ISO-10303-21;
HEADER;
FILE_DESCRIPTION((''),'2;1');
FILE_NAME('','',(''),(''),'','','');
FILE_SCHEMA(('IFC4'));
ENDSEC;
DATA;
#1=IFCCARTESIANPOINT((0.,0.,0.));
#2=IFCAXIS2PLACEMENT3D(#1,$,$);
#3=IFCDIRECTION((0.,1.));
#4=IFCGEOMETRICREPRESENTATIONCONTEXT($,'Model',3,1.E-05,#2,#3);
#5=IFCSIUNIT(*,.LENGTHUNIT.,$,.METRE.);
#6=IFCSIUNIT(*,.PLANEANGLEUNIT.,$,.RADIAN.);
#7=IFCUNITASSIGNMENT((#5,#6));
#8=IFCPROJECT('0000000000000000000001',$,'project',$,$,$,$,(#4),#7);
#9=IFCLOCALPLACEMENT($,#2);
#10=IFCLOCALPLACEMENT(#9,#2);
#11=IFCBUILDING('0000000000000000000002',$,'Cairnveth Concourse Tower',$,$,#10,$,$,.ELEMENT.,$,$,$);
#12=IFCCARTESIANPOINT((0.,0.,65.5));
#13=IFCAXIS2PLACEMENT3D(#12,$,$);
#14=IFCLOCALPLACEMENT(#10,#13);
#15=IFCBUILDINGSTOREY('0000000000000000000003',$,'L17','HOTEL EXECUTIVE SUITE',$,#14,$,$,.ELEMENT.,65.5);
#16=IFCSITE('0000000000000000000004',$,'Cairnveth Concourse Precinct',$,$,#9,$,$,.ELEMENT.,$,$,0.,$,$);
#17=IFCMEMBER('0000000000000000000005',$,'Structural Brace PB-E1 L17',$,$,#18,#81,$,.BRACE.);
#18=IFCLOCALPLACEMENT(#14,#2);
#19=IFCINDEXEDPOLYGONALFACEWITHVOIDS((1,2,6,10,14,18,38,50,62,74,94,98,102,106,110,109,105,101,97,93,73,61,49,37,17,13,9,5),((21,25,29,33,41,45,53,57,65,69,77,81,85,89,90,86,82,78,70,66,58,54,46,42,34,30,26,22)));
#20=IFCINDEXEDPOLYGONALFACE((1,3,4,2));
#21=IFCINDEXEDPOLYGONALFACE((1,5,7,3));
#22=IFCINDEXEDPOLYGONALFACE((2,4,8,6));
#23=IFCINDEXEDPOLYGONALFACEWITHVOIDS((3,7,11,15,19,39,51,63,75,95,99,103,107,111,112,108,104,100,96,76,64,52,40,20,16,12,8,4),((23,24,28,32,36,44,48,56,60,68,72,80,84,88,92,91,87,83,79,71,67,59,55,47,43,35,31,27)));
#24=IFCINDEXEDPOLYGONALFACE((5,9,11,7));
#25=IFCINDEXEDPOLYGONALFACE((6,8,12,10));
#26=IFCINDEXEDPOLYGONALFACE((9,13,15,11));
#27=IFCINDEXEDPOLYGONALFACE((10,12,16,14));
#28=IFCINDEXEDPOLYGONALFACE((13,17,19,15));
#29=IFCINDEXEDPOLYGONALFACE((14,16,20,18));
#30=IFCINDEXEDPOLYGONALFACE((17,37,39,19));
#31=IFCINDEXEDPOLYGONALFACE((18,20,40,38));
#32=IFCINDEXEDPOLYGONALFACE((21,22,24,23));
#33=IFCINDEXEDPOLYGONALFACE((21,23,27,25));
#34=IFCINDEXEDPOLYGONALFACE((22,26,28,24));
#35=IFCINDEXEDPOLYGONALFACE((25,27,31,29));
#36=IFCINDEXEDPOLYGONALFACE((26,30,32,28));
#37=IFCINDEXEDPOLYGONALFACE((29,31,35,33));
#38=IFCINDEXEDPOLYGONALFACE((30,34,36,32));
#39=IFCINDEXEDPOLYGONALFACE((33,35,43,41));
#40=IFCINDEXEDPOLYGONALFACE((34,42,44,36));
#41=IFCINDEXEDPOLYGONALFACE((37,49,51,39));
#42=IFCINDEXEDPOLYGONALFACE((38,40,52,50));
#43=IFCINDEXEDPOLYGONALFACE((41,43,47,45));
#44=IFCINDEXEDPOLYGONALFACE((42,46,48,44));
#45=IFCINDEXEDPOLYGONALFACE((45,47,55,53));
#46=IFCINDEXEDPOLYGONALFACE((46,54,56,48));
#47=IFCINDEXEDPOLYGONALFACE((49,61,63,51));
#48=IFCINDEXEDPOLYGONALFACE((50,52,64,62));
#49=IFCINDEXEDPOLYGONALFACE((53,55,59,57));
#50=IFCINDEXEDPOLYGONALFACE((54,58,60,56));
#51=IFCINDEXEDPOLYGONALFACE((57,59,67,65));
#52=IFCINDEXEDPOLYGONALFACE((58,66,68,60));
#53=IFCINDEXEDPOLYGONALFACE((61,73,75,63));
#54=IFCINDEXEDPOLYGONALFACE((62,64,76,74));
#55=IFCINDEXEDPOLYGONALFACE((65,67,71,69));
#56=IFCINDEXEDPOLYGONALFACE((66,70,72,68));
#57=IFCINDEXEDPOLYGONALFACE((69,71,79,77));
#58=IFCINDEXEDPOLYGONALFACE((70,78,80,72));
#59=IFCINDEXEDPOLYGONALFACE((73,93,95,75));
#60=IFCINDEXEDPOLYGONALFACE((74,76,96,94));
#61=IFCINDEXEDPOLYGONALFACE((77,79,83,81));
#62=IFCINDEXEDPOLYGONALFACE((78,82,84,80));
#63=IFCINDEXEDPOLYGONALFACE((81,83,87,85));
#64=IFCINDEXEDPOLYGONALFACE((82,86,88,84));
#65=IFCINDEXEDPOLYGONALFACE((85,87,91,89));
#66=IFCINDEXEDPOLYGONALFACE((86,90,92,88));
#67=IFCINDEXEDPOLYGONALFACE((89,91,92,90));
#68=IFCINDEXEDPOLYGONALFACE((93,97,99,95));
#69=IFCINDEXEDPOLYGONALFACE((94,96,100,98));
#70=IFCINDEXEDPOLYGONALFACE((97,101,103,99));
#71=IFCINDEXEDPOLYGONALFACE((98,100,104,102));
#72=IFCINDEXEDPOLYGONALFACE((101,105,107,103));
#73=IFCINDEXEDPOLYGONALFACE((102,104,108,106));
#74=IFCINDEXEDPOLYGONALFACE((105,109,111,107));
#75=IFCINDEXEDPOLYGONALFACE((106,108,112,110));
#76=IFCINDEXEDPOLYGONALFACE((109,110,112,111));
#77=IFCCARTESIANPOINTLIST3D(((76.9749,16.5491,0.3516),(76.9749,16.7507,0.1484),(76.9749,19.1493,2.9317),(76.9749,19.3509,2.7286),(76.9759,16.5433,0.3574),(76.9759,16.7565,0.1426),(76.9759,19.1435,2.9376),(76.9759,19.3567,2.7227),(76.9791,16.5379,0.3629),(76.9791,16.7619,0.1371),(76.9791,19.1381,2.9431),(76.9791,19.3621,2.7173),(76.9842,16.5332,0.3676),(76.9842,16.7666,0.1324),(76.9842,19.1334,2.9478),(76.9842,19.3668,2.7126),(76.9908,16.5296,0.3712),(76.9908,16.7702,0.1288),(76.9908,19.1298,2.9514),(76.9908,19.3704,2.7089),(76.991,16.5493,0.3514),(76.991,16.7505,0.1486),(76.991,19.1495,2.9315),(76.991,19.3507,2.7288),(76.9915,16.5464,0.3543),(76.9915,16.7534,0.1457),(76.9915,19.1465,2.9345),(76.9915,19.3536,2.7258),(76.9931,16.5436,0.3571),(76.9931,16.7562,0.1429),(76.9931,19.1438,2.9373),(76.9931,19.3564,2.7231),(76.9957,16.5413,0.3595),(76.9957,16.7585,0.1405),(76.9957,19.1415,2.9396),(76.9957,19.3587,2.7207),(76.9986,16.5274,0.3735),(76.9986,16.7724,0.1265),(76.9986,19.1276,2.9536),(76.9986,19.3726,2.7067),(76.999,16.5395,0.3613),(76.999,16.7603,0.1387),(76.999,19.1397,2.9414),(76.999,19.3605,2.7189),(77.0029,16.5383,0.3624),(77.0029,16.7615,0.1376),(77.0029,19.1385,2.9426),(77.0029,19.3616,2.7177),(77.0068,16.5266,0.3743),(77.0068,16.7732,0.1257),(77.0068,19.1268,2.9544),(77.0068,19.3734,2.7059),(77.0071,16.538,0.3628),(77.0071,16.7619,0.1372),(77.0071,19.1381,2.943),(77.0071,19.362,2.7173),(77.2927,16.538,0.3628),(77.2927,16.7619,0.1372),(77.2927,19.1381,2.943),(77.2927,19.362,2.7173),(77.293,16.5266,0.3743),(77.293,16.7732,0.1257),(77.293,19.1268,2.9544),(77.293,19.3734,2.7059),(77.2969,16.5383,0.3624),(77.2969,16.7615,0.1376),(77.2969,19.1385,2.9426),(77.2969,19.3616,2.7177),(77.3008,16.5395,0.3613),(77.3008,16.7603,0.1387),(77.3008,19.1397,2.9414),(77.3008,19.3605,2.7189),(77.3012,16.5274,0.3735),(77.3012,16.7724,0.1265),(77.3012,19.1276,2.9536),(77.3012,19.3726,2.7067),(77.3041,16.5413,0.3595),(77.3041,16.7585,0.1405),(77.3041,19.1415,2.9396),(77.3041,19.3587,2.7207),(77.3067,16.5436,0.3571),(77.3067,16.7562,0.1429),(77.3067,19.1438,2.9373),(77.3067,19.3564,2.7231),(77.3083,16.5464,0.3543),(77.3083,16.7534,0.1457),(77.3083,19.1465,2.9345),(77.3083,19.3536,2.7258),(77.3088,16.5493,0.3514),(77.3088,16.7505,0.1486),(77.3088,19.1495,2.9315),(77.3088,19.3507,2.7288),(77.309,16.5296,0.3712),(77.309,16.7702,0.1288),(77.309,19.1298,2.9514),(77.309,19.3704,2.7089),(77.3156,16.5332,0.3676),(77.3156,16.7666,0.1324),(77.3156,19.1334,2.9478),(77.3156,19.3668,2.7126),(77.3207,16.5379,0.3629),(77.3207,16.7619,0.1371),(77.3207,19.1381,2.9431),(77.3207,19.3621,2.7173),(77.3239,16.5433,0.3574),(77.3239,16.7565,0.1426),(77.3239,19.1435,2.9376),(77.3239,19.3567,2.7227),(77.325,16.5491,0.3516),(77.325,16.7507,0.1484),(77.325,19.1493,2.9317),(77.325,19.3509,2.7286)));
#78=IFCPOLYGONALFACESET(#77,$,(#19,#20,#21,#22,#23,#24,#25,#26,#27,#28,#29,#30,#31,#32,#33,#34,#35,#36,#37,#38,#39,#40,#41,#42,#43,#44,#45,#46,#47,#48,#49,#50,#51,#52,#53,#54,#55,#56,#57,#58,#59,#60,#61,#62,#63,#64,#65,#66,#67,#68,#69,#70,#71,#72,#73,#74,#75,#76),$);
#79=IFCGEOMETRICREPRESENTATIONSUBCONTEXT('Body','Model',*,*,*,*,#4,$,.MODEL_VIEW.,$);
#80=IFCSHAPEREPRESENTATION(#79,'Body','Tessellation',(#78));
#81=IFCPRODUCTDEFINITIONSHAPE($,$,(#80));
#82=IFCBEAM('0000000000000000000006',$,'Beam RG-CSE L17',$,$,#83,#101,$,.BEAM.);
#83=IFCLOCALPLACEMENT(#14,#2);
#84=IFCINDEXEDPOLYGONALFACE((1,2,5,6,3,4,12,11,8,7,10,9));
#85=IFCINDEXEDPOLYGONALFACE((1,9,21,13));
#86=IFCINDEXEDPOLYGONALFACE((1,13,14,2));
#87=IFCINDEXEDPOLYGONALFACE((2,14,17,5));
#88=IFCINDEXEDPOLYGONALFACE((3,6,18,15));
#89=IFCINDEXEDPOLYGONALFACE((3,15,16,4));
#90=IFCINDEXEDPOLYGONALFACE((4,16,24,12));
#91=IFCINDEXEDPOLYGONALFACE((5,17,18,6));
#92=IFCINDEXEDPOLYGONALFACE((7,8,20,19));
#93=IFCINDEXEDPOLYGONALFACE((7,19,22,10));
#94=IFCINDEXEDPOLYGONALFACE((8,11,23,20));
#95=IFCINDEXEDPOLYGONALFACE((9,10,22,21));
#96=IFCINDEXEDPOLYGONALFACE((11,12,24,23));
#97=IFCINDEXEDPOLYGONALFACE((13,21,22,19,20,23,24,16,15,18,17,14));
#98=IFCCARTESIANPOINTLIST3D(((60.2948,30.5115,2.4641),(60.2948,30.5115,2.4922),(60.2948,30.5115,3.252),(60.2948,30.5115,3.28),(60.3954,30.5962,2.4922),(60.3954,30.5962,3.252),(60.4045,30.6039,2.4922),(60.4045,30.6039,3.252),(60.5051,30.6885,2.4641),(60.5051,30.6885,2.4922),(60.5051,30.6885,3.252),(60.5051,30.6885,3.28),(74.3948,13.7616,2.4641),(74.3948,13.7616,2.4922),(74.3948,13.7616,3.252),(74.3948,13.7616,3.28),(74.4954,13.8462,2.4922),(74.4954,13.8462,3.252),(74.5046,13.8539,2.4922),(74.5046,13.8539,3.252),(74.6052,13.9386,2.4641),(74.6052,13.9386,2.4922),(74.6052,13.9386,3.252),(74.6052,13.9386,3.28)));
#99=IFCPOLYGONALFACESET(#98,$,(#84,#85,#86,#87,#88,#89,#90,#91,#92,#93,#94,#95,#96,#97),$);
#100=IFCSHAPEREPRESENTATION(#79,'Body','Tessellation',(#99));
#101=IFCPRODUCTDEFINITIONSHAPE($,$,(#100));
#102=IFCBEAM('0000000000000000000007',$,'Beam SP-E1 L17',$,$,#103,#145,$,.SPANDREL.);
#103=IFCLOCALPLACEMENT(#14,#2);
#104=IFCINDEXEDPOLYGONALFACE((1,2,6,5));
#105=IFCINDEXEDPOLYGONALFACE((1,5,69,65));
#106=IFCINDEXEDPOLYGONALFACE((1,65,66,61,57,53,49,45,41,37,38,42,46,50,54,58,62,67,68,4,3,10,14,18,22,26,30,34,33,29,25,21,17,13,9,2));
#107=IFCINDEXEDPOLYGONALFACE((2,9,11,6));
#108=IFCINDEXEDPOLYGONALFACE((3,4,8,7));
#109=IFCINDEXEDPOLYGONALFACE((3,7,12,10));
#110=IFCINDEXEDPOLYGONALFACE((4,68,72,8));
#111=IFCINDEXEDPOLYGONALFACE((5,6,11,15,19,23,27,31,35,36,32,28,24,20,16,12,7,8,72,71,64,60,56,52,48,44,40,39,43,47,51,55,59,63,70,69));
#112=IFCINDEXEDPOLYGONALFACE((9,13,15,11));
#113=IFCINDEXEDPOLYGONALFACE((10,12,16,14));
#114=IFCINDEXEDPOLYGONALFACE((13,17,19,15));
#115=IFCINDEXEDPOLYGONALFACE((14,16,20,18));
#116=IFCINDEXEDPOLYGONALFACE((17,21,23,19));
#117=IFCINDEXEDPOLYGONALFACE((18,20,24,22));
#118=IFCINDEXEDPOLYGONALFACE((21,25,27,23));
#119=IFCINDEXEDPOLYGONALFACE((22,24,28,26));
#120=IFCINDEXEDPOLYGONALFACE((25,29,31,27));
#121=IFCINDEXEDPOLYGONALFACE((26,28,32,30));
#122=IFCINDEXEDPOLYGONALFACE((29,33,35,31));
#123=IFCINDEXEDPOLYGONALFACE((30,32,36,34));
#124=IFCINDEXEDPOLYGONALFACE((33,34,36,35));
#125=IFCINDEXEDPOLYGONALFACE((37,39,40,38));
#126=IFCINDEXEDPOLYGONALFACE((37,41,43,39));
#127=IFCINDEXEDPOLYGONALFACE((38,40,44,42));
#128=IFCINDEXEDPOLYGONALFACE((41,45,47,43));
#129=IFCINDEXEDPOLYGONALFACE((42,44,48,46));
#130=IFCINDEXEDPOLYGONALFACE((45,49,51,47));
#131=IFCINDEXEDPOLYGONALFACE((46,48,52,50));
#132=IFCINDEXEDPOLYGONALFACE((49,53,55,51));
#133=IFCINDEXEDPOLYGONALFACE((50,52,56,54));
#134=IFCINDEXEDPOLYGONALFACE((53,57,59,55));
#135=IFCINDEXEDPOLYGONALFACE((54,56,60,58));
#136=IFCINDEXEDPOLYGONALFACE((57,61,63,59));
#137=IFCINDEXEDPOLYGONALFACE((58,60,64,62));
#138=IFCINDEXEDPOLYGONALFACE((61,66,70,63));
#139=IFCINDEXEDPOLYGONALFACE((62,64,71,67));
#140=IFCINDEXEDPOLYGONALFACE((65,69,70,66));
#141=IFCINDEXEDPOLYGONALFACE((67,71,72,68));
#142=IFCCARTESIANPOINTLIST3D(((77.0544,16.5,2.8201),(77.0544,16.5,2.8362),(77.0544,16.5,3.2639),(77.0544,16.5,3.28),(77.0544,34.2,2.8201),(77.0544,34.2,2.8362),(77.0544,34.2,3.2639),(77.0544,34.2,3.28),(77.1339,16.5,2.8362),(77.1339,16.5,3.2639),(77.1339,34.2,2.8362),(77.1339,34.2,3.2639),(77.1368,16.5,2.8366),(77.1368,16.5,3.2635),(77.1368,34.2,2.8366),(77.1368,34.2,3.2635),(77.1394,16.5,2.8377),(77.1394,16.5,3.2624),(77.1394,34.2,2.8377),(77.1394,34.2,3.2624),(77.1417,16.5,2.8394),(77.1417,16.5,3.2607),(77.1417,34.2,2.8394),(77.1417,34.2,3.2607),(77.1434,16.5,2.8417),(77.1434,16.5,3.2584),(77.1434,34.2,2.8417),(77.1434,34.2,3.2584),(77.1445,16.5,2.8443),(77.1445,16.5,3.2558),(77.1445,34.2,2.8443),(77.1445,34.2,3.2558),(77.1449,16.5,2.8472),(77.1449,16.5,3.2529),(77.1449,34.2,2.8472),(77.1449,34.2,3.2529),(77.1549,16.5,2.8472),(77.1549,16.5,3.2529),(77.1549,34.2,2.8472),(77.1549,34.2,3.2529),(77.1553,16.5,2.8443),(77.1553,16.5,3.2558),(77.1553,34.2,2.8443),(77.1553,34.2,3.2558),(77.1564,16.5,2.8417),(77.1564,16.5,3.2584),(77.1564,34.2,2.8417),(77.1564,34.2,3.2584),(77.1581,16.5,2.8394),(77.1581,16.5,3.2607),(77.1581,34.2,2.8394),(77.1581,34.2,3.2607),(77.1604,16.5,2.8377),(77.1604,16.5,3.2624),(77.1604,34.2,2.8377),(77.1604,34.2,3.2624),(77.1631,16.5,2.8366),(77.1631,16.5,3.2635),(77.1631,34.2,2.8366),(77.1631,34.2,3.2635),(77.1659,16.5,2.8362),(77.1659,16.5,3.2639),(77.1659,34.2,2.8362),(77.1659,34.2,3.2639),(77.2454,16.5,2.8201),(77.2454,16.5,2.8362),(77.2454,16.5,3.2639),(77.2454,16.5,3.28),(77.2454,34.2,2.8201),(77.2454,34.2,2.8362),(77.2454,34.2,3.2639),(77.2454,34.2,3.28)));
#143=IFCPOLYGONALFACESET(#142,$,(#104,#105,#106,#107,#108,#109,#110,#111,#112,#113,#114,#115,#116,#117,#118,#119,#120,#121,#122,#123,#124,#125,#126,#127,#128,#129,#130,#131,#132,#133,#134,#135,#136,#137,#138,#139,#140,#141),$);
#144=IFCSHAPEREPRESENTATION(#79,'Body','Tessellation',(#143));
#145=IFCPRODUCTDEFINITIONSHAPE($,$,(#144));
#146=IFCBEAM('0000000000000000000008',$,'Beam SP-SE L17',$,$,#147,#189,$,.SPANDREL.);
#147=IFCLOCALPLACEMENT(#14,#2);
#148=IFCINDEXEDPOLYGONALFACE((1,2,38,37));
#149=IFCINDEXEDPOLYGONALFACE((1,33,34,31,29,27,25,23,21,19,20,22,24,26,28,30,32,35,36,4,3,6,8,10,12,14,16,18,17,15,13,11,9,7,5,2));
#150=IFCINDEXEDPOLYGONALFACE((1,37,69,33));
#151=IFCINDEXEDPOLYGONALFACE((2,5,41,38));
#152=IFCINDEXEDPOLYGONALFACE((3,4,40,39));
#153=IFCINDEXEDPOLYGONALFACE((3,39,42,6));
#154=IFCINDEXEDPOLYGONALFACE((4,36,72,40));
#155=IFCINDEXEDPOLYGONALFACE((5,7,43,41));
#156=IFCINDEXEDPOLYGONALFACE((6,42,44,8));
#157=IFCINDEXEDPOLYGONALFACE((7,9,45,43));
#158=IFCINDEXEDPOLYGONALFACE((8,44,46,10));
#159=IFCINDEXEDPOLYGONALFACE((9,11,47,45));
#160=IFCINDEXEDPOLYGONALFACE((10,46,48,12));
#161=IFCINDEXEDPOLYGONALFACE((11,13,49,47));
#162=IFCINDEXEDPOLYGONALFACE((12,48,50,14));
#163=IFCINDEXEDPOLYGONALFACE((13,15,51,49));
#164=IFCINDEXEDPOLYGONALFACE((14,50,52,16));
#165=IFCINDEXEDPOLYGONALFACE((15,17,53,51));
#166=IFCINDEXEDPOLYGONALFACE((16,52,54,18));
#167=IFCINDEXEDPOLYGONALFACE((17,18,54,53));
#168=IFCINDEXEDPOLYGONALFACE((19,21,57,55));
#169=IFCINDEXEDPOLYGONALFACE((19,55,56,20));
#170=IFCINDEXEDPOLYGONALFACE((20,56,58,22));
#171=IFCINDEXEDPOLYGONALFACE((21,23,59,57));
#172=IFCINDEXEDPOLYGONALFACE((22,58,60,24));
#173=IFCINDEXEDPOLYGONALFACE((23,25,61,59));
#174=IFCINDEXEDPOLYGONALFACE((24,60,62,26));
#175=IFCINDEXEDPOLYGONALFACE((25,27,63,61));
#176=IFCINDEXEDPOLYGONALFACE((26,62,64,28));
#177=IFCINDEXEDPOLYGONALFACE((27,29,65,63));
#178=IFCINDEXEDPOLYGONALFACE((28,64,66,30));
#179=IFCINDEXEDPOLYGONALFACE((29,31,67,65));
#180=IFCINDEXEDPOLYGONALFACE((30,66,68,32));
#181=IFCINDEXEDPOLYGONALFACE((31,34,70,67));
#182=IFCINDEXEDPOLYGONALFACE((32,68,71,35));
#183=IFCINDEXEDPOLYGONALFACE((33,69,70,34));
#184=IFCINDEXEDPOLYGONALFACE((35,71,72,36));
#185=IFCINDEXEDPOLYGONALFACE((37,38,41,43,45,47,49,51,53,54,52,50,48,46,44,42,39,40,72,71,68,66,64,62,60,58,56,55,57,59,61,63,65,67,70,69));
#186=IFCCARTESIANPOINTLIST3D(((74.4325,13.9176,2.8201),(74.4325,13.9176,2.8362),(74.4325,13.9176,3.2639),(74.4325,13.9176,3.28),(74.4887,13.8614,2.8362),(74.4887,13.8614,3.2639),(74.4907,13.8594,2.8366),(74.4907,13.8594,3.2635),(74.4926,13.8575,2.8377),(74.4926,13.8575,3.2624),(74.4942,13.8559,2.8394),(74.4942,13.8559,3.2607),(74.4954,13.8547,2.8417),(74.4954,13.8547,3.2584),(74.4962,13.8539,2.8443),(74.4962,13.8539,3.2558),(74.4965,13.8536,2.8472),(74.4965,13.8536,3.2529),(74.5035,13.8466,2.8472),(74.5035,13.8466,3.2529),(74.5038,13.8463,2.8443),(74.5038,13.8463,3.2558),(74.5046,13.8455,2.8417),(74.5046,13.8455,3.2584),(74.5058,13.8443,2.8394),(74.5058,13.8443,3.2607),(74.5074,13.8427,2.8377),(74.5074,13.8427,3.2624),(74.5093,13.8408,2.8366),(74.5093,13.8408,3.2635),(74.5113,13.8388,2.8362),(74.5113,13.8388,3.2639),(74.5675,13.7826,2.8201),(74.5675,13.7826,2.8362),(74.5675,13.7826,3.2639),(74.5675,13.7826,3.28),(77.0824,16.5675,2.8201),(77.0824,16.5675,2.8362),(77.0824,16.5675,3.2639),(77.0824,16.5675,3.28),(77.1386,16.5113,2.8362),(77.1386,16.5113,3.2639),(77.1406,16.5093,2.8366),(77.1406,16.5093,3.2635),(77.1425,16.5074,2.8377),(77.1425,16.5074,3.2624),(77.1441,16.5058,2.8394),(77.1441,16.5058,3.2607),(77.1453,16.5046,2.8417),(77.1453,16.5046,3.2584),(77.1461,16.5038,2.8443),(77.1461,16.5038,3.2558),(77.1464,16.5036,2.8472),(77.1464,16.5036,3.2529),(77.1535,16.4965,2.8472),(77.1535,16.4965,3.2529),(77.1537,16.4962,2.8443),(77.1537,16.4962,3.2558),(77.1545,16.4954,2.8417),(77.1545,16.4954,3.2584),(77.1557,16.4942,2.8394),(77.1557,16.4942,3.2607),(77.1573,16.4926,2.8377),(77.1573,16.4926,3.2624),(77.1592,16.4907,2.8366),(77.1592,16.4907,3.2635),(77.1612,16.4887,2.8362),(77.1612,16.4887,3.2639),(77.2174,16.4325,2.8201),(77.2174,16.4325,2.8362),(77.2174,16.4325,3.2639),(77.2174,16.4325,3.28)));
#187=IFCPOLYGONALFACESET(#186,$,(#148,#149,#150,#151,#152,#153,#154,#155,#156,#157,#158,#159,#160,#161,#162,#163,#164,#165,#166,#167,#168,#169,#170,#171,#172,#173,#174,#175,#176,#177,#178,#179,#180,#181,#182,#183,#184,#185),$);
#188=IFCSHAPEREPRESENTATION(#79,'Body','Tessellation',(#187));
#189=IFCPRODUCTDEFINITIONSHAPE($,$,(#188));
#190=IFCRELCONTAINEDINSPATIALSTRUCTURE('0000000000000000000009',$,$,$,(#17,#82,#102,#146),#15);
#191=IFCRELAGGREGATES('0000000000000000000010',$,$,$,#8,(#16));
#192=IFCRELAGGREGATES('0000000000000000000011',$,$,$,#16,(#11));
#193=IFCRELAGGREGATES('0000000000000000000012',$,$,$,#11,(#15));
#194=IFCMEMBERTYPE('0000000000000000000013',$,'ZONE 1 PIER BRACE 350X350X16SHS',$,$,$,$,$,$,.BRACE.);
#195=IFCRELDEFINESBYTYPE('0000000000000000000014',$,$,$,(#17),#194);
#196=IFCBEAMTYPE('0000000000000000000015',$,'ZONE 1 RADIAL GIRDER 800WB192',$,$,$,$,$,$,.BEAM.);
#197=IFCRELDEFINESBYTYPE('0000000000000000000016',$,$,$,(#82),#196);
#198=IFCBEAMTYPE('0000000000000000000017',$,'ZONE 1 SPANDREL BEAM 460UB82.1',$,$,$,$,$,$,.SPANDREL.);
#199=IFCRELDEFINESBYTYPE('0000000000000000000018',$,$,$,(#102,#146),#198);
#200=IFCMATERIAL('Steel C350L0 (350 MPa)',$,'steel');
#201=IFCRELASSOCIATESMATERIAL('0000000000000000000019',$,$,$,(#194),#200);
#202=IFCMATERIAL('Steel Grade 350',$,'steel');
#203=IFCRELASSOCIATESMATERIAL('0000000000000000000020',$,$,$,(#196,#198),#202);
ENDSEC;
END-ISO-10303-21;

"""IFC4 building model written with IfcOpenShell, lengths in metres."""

from ifc_helpers import new_model, si_unit, direction, frame, origin, origin_2d, place, context, subcontext, project, spatial, hollow_rectangle, i_section, extrude, material, material_profile, profile_set, type_object, element, save


model = new_model("IFC4")

# Units and contexts
model_context = context("Model", 3, precision=1e-05, world=origin(), true_north=direction((0.0, 1.0)))
body_context = subcontext(model_context, "Body", "Model", "MODEL_VIEW")
ifc_project = project(units=[si_unit("LENGTHUNIT", "METRE"), si_unit("PLANEANGLEUNIT", "RADIAN")], contexts=[model_context])

# Site, building, storey
site_placement = place(None, origin())
site = spatial("IfcSite", under=ifc_project, at=site_placement, Name="Cairnveth Concourse Precinct", CompositionType="ELEMENT", RefElevation=0.0)
building_placement = place(site_placement, origin())
building = spatial("IfcBuilding", under=site, at=building_placement, Name="Cairnveth Concourse Tower", CompositionType="ELEMENT")
storey_placement = place(building_placement, frame((0.0, 0.0, 65.5)))
storey = spatial("IfcBuildingStorey", under=building, at=storey_placement, Name="L17", Description="HOTEL EXECUTIVE SUITE", CompositionType="ELEMENT", Elevation=65.5)

# Shared definitions
ifc_material_1 = material(Name="Steel Grade 350", Category="steel")

# Member
ifc_material_2 = material(Name="Steel C350L0 (350 MPa)", Category="steel")
ifc_material_profile_1 = material_profile(ifc_material_2, hollow_rectangle(XDim=0.3501, YDim=0.3501, WallThickness=0.0161, InnerFilletRadius=0.0161, OuterFilletRadius=0.032, at=origin_2d()), Name="350x350x16.0SHS")
ifc_profile_set_1 = profile_set([ifc_material_profile_1], Name="Steel C350L0 (350 MPa)")
member_type = type_object("IfcMemberType", Name="ZONE 1 PIER BRACE 350X350X16SHS", PredefinedType="BRACE", material=ifc_profile_set_1)
for number, where, z_axis, x_axis, name in (
    (1, (77.1499, 16.6499, 0.25), (0.0, 0.709834, 0.704369), (-1.0, 0.0, 0.0), "Structural Brace PB-E1 L17"),
):
    element("IfcMember", number, at=place(storey_placement, frame(where, z_axis=z_axis, x_axis=x_axis)), inside=storey, type_object=member_type, Name=name, PredefinedType="BRACE", context=body_context, shape_type="SweptSolid", body=[
        extrude(hollow_rectangle(XDim=0.3501, YDim=0.3501, WallThickness=0.0161, InnerFilletRadius=0.0161, OuterFilletRadius=0.032, at=origin_2d()), origin(), (0.0, 0.0, 1.0), 3.6631),
    ])

# Beams
ifc_material_profile_2 = material_profile(ifc_material_1, i_section(OverallWidth=0.2749, OverallDepth=0.8159, WebThickness=0.012, FlangeThickness=0.0281, at=origin_2d()), Name="800WB192")
ifc_profile_set_2 = profile_set([ifc_material_profile_2], Name="Steel Grade 350")
beam_type_1 = type_object("IfcBeamType", Name="ZONE 1 RADIAL GIRDER 800WB192", PredefinedType="BEAM", material=ifc_profile_set_2)
beam_1_placement = place(storey_placement, frame((74.5, 13.8501, 2.8721), z_axis=(-0.643998, 0.765027, 0.0), x_axis=(-0.765027, -0.643998, 0.0)))
element("IfcBeam", 2, at=beam_1_placement, inside=storey, type_object=beam_type_1, Name="Beam RG-CSE L17", PredefinedType="BEAM", context=body_context, shape_type="SweptSolid", body=[
    extrude(i_section(OverallWidth=0.2749, OverallDepth=0.8159, WebThickness=0.012, FlangeThickness=0.0281, at=origin_2d()), origin(), (0.0, 0.0, 1.0), 21.8945),
])
ifc_material_profile_3 = material_profile(ifc_material_1, i_section(OverallWidth=0.1909, OverallDepth=0.46, WebThickness=0.01, FlangeThickness=0.0161, FilletRadius=0.011, at=origin_2d()), Name="460UB82.1")
ifc_profile_set_3 = profile_set([ifc_material_profile_3], Name="Steel Grade 350")
beam_type_2 = type_object("IfcBeamType", Name="ZONE 1 SPANDREL BEAM 460UB82.1", PredefinedType="SPANDREL", material=ifc_profile_set_3)
beam_2_placement = place(storey_placement, frame((77.1499, 16.5, 3.05), z_axis=(0.0, 1.0, 0.0), x_axis=(-1.0, 0.0, 0.0)))
element("IfcBeam", 3, at=beam_2_placement, inside=storey, type_object=beam_type_2, Name="Beam SP-E1 L17", PredefinedType="SPANDREL", context=body_context, shape_type="SweptSolid", body=[
    extrude(i_section(OverallWidth=0.1909, OverallDepth=0.46, WebThickness=0.01, FlangeThickness=0.0161, FilletRadius=0.011, at=origin_2d()), origin(), (0.0, 0.0, 1.0), 17.7),
])
beam_3_placement = place(storey_placement, frame((74.5, 13.8501, 3.05), z_axis=(0.707107, 0.707107, 0.0), x_axis=(-0.707107, 0.707107, 0.0)))
element("IfcBeam", 4, at=beam_3_placement, inside=storey, type_object=beam_type_2, Name="Beam SP-SE L17", PredefinedType="SPANDREL", context=body_context, shape_type="SweptSolid", body=[
    extrude(i_section(OverallWidth=0.1909, OverallDepth=0.46, WebThickness=0.01, FlangeThickness=0.0161, FilletRadius=0.011, at=origin_2d()), origin(), (0.0, 0.0, 1.0), 3.7476),
])

save(model, "model.ifc")
